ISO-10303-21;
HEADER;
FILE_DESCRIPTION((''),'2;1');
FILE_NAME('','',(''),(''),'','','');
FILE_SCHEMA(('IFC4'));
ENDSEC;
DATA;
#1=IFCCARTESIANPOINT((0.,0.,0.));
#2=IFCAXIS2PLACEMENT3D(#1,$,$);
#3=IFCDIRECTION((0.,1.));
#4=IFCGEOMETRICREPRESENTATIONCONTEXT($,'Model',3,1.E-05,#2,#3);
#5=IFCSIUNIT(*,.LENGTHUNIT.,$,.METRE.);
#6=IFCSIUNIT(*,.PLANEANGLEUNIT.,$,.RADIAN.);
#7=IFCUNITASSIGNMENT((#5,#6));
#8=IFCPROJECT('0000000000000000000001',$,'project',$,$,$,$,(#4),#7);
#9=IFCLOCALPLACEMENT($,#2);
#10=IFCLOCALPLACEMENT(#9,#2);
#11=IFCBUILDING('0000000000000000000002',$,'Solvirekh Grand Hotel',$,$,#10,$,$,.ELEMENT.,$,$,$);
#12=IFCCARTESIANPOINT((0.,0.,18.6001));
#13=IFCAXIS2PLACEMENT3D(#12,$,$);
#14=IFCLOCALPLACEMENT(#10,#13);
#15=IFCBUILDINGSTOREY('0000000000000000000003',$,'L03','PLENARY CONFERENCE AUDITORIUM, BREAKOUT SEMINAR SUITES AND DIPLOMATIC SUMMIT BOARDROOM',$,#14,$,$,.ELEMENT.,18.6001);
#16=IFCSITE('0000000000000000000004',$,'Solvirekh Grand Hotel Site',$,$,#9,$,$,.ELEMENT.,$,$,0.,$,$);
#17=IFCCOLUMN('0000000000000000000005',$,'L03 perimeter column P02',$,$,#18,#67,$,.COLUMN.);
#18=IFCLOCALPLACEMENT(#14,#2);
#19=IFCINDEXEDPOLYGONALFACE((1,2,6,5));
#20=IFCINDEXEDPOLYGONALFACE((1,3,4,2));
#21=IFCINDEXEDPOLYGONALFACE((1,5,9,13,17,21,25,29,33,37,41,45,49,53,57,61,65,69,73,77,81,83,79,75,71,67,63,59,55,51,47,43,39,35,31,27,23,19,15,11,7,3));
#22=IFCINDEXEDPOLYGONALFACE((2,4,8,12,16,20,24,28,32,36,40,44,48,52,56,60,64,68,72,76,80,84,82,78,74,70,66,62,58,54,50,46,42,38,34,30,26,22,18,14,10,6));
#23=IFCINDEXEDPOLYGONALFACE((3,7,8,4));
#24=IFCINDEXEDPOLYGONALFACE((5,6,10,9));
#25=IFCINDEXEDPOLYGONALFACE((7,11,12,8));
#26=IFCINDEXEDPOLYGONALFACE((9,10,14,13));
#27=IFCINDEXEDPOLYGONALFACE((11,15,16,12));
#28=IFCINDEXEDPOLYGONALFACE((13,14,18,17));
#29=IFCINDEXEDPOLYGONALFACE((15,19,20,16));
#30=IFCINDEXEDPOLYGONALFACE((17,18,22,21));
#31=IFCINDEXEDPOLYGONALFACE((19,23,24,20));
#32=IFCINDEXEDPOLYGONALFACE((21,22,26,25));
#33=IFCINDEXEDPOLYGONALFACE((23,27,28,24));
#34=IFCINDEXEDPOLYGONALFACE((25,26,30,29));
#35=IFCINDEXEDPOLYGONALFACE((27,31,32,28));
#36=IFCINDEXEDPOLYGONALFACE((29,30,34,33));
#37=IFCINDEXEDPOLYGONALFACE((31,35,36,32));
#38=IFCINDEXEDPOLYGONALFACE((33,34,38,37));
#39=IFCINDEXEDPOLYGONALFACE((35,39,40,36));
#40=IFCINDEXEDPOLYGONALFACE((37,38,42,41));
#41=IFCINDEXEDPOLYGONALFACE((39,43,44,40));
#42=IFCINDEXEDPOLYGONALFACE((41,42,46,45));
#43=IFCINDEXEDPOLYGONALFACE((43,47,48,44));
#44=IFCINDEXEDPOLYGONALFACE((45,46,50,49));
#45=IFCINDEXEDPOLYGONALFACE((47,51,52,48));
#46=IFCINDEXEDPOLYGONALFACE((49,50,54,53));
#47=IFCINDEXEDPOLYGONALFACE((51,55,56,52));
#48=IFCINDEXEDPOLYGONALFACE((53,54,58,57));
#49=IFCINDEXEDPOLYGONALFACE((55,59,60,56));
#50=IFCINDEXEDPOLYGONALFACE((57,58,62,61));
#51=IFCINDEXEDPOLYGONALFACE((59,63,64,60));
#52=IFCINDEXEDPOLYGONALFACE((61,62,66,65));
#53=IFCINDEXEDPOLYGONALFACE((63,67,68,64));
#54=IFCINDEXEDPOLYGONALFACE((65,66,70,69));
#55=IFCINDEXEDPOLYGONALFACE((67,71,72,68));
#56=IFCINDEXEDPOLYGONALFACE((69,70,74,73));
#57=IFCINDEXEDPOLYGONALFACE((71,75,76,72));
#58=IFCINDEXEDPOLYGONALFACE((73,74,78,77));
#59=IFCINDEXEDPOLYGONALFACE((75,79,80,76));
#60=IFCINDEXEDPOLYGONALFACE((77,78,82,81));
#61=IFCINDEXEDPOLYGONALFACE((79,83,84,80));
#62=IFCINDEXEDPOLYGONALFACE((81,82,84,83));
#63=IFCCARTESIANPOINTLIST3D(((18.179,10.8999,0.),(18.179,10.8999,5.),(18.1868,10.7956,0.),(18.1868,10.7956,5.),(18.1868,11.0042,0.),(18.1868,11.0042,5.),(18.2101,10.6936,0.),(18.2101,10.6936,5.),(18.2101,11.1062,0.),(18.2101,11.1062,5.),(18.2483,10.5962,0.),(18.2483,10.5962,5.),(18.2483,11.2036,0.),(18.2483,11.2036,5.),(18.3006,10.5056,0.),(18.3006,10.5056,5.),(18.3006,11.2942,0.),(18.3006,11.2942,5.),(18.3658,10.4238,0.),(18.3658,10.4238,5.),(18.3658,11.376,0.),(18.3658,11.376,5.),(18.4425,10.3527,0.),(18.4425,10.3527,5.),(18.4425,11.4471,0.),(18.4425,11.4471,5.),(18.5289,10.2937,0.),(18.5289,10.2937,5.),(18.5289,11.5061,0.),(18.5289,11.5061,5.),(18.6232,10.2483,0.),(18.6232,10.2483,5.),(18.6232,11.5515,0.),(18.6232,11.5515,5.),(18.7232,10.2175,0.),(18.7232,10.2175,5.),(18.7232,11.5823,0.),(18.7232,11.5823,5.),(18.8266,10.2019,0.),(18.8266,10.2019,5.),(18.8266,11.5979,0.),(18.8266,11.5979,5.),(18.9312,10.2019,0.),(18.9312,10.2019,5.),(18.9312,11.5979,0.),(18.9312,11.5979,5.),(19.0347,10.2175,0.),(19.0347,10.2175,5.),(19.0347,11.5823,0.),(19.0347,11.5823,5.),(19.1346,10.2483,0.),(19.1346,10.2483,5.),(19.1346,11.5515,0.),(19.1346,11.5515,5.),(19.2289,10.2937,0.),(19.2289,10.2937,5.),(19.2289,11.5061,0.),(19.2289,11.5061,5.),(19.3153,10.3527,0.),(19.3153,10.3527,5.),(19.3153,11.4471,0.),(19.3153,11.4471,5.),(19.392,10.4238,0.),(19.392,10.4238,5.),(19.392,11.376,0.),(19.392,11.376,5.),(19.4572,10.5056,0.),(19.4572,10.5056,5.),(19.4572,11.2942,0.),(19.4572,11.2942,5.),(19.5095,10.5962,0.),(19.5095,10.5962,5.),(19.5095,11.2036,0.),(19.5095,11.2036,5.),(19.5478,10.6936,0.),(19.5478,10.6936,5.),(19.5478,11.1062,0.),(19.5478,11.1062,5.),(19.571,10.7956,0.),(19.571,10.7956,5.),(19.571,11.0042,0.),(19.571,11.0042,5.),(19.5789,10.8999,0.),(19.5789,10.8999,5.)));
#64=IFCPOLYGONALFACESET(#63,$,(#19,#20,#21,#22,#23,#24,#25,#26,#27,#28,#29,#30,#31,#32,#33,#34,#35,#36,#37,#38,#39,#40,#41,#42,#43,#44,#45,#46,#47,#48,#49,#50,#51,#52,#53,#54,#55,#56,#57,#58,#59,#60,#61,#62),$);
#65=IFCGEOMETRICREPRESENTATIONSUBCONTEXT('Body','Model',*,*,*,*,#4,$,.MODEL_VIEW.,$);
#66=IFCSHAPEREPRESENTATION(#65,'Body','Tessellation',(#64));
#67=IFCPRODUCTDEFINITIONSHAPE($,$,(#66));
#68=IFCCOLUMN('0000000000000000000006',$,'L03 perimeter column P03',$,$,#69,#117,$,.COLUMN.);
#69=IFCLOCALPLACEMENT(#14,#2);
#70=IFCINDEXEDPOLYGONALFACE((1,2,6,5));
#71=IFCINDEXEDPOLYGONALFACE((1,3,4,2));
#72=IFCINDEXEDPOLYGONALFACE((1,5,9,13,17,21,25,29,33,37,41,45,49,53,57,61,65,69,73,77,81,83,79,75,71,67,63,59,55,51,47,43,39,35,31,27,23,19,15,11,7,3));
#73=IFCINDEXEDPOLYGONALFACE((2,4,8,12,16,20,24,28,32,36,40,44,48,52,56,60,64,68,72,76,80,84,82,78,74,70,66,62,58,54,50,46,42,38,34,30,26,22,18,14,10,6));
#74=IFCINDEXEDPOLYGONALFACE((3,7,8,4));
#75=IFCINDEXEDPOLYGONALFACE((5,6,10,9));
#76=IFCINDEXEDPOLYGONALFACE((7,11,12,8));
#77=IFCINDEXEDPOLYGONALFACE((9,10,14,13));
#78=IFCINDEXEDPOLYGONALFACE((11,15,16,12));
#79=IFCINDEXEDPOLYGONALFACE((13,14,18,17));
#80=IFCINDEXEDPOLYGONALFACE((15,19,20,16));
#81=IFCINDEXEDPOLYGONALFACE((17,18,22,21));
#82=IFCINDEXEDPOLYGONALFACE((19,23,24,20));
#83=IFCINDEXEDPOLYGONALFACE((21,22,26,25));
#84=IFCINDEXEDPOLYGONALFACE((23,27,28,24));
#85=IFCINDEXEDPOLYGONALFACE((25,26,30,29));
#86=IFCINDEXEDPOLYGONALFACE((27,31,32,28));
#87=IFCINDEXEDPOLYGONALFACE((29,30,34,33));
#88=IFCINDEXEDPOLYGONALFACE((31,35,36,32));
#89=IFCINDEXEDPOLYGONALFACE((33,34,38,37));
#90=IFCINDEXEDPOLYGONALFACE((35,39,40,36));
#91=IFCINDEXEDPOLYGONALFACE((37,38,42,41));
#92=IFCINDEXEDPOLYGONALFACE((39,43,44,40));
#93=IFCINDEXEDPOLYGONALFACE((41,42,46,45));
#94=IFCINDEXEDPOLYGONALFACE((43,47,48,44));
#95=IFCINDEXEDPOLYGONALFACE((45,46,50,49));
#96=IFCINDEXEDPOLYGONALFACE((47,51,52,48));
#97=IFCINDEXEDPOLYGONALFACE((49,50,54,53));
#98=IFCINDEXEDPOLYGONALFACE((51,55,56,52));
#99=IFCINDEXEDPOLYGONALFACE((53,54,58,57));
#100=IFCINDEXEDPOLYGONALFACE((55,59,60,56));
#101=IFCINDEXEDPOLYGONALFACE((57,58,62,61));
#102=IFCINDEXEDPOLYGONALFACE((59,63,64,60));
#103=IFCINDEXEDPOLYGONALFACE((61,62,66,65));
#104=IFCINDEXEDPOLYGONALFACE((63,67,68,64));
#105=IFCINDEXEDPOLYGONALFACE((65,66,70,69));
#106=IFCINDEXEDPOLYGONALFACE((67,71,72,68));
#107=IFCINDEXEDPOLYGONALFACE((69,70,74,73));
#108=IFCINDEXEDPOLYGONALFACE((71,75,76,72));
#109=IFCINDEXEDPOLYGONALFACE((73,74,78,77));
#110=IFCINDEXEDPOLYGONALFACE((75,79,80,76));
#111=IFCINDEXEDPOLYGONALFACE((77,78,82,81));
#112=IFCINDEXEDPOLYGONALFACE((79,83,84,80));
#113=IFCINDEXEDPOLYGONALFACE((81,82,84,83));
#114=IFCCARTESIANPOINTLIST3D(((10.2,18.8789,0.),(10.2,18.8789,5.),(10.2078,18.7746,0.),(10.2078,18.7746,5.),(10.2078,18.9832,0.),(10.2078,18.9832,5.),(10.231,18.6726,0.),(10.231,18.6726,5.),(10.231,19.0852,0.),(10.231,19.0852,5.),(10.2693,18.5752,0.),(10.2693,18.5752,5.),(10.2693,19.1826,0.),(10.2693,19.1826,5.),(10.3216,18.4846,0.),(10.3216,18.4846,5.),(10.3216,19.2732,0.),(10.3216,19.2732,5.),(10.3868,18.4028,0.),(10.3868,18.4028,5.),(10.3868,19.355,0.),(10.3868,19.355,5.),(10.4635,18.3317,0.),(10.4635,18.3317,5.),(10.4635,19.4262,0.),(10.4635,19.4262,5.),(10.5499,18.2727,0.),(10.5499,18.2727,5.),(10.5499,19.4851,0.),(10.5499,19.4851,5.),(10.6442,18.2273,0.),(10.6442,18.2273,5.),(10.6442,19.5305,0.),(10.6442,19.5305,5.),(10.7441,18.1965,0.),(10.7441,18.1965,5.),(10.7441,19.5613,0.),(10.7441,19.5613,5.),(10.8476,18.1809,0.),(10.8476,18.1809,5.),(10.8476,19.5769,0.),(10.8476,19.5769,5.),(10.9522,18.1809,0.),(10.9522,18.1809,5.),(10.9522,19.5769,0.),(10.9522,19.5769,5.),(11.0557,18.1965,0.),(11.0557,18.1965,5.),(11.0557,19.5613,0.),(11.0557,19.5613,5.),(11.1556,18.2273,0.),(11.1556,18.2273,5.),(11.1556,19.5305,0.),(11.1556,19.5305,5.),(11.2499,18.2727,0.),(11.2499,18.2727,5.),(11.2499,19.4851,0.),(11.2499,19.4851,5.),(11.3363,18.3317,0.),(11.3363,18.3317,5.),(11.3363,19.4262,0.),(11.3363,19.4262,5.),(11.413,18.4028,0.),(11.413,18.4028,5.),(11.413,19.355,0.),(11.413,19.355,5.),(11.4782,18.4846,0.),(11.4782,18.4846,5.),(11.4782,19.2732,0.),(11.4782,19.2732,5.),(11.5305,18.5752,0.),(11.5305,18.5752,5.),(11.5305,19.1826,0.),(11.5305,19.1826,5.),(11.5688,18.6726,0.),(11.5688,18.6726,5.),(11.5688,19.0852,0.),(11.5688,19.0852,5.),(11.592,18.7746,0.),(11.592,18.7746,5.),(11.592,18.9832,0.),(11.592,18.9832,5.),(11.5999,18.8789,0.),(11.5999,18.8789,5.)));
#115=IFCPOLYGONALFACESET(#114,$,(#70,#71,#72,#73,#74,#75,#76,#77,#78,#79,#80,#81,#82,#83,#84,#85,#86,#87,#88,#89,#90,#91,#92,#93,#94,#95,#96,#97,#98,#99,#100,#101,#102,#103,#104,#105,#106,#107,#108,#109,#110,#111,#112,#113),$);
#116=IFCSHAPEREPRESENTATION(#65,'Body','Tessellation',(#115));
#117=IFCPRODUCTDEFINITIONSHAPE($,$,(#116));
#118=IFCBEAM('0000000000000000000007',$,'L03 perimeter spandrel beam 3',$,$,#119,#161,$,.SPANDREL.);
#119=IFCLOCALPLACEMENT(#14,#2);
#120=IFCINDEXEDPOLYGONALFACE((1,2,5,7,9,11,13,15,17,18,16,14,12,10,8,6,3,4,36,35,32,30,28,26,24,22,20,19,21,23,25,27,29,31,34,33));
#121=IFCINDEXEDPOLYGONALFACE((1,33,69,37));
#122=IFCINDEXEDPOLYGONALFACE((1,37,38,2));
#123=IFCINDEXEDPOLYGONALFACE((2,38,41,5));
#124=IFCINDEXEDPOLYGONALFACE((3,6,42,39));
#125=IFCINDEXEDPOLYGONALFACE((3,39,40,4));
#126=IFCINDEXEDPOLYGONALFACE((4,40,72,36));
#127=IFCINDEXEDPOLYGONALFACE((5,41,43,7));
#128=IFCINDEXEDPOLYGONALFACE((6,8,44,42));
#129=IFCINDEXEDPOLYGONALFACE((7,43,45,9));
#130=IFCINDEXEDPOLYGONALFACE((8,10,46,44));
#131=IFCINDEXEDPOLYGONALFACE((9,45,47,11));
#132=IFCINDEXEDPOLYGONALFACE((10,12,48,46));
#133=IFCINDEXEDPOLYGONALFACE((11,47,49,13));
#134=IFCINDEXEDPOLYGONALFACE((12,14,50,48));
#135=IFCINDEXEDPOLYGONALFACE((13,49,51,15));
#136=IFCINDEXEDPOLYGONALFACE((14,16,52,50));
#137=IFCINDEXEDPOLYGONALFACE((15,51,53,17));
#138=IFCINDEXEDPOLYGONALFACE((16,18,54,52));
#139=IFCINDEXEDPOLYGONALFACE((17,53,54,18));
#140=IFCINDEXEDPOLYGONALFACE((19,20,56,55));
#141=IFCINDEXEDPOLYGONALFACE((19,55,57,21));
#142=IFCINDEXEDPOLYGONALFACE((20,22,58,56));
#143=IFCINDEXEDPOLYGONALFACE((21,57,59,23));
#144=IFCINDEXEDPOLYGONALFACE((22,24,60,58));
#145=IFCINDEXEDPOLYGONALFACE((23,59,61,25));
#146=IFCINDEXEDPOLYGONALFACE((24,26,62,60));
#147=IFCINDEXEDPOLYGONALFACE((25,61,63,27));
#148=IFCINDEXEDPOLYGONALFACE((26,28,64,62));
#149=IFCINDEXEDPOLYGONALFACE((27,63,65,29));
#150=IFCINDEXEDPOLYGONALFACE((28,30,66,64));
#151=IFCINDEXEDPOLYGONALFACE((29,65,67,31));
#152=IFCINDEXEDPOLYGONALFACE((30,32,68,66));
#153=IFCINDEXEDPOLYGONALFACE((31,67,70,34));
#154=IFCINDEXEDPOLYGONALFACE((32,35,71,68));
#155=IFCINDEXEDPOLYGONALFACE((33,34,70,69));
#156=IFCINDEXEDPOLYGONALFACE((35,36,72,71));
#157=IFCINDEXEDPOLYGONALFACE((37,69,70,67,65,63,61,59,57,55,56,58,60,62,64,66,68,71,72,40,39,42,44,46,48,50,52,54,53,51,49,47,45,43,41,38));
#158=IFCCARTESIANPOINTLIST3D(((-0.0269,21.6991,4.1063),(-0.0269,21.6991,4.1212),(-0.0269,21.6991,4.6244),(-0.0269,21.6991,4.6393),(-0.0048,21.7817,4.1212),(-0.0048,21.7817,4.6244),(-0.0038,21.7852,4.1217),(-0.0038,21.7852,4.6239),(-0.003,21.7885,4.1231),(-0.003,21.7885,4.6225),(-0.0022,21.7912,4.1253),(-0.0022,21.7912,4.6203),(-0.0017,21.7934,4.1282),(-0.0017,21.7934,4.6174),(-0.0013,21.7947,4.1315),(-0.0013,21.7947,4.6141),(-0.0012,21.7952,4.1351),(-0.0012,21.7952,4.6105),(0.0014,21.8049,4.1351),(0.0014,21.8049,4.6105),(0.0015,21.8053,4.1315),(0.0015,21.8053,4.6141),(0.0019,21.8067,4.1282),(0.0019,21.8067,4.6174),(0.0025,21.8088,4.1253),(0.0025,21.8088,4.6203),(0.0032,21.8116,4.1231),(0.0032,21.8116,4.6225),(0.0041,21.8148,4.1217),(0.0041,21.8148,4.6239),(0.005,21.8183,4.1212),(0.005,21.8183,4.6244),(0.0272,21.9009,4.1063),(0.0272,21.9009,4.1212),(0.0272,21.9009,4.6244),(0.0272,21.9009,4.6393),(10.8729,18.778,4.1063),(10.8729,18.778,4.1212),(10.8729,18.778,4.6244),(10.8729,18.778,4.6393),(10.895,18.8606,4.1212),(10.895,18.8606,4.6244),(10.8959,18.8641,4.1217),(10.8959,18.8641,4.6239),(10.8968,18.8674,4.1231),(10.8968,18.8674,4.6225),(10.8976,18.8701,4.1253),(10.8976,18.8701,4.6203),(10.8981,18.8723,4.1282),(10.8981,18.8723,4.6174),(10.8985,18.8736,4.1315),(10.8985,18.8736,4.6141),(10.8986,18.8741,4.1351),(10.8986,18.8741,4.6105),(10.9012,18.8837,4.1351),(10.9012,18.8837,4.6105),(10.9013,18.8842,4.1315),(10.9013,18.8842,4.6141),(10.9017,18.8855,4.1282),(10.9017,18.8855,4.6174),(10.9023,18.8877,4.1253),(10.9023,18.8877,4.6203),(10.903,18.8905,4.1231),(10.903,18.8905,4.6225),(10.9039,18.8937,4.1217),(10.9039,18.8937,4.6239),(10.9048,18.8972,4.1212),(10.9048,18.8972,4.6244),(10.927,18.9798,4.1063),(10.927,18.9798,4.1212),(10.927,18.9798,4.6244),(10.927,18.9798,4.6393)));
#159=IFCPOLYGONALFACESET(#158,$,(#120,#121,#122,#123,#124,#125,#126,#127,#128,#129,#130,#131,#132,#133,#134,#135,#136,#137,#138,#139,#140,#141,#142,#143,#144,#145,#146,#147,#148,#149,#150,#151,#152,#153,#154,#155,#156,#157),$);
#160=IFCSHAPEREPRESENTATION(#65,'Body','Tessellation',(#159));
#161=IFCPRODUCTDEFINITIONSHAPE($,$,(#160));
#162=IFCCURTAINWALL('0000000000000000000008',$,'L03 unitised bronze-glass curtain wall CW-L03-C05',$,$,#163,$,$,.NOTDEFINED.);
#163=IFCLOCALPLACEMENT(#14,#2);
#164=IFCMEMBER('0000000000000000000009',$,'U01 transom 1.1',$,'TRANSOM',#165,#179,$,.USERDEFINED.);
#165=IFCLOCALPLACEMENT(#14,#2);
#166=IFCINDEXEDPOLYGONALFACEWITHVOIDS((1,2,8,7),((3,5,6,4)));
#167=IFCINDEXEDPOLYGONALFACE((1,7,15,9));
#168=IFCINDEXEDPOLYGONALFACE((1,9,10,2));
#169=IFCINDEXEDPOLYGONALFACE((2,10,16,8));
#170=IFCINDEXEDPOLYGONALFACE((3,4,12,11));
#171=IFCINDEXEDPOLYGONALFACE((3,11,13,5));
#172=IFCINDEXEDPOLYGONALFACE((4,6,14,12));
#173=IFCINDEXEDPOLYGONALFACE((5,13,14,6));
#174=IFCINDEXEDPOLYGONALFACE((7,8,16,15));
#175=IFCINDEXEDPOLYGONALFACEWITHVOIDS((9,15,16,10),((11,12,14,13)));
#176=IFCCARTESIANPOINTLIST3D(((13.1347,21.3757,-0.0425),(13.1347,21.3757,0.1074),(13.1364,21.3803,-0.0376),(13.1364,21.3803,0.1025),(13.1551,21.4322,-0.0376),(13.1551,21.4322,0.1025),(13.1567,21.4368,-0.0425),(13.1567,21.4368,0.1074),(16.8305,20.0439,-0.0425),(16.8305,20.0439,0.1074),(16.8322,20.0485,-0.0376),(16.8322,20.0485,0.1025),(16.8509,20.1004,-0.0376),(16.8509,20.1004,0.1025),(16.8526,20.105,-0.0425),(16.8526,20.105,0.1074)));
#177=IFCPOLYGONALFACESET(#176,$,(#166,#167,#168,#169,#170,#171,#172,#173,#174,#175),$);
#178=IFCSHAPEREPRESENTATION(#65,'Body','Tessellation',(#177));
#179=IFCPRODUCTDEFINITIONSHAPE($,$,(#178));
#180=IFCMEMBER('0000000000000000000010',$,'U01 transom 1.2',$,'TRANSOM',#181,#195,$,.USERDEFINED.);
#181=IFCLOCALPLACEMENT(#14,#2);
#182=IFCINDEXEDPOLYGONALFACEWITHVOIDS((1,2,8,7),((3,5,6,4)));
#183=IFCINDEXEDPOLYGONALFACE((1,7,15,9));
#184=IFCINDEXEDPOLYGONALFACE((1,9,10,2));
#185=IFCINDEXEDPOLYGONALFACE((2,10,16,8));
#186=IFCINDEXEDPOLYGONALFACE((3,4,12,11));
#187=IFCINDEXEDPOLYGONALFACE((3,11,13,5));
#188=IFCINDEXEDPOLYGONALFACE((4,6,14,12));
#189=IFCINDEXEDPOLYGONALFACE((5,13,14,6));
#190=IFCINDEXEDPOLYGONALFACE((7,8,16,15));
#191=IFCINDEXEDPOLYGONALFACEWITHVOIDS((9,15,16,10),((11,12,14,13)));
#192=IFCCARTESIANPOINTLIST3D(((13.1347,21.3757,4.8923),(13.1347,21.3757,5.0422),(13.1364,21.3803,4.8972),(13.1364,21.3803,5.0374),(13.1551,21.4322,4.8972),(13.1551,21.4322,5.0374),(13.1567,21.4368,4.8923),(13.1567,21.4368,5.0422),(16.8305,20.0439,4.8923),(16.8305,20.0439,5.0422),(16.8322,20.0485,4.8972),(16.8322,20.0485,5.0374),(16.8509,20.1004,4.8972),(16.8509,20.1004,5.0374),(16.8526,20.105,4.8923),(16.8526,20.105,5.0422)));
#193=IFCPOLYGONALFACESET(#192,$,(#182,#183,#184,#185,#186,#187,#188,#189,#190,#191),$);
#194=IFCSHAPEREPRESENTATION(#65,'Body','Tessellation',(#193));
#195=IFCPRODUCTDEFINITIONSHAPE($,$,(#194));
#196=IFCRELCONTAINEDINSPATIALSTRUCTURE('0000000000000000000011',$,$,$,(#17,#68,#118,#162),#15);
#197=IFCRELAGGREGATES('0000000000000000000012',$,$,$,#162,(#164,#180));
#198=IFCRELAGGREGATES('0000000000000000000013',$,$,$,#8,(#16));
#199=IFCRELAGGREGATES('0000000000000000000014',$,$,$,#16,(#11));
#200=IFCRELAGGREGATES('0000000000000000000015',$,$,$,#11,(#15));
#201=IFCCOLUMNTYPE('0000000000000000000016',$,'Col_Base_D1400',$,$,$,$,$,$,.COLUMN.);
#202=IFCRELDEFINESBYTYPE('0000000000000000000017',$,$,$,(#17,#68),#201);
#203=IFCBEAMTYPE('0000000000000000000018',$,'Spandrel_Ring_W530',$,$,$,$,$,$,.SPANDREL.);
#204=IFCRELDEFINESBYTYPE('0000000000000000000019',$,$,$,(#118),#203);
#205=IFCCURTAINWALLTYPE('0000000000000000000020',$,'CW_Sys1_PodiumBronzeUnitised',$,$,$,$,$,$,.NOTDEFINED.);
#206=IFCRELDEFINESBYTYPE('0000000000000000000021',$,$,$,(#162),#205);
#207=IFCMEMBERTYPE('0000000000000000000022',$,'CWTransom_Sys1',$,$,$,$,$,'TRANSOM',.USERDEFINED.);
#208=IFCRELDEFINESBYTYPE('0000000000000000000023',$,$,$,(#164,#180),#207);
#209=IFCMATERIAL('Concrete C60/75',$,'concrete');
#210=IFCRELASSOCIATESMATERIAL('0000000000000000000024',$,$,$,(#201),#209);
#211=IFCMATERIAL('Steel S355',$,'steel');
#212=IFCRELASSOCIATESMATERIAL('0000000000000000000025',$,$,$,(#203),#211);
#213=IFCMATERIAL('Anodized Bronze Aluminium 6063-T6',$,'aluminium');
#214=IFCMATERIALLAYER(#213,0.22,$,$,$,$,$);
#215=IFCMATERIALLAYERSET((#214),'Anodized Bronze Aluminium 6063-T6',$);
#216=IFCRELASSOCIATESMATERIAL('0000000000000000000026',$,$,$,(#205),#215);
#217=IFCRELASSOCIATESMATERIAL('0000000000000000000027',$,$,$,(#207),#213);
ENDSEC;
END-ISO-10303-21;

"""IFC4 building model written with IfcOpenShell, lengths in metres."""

from ifc_helpers import new_model, si_unit, direction, frame, origin, origin_2d, place, context, subcontext, project, spatial, hollow_rectangle, circle, i_section, extrude, source, transform, mapped, material, layer, layer_set, material_profile, profile_set, type_object, element, aggregate, save


model = new_model("IFC4")

# Units and contexts
model_context = context("Model", 3, precision=1e-05, world=origin(), true_north=direction((0.0, 1.0)))
body_context = subcontext(model_context, "Body", "Model", "MODEL_VIEW")
ifc_project = project(units=[si_unit("LENGTHUNIT", "METRE"), si_unit("PLANEANGLEUNIT", "RADIAN")], contexts=[model_context])

# Site, building, storey
site_placement = place(None, origin())
site = spatial("IfcSite", under=ifc_project, at=site_placement, Name="Solvirekh Grand Hotel Site", CompositionType="ELEMENT", RefElevation=0.0)
building_placement = place(site_placement, origin())
building = spatial("IfcBuilding", under=site, at=building_placement, Name="Solvirekh Grand Hotel", CompositionType="ELEMENT")
storey_placement = place(building_placement, frame((0.0, 0.0, 18.6001)))
storey = spatial("IfcBuildingStorey", under=building, at=storey_placement, Name="L03", Description="PLENARY CONFERENCE AUDITORIUM, BREAKOUT SEMINAR SUITES AND DIPLOMATIC SUMMIT BOARDROOM", CompositionType="ELEMENT", Elevation=18.6001)

# Columns
ifc_material_1 = material(Name="Concrete C60/75", Category="concrete")
ifc_material_profile_1 = material_profile(ifc_material_1, circle(Radius=0.7, at=origin_2d()), Name="RC CIRC D1400")
ifc_profile_set_1 = profile_set([ifc_material_profile_1], Name="Concrete C60/75")
column_type = type_object("IfcColumnType", Name="Col_Base_D1400", PredefinedType="COLUMN", material=ifc_profile_set_1)
for number, where, z_axis, x_axis, name in (
    (1, (18.8789, 10.8999, 0.0), (0.0, 0.0, 1.0), (1.0, 0.0, 0.0), "L03 perimeter column P02"),
    (2, (10.8999, 18.8789, 0.0), (0.0, 0.0, 1.0), (1.0, 0.0, 0.0), "L03 perimeter column P03"),
):
    element("IfcColumn", number, at=place(storey_placement, frame(where, z_axis=z_axis, x_axis=x_axis)), inside=storey, type_object=column_type, Name=name, PredefinedType="COLUMN", context=body_context, shape_type="SweptSolid", body=[
        extrude(circle(Radius=0.7, at=origin_2d()), origin(), (0.0, 0.0, 1.0), 5.0),
    ])

# Beam
ifc_material_2 = material(Name="Steel S355", Category="steel")
ifc_material_profile_2 = material_profile(ifc_material_2, i_section(OverallWidth=0.209, OverallDepth=0.533, WebThickness=0.01, FlangeThickness=0.0149, FilletRadius=0.0139, at=origin_2d()), Name="W530X92")
ifc_profile_set_2 = profile_set([ifc_material_profile_2], Name="Steel S355")
beam_type = type_object("IfcBeamType", Name="Spandrel_Ring_W530", PredefinedType="SPANDREL", material=ifc_profile_set_2)
beam_placement = place(storey_placement, frame((10.8999, 18.8789, 4.3728), z_axis=(-0.965914, 0.258862, 0.0), x_axis=(-0.258862, -0.965914, 0.0)))
element("IfcBeam", 3, at=beam_placement, inside=storey, type_object=beam_type, Name="L03 perimeter spandrel beam 3", PredefinedType="SPANDREL", context=body_context, shape_type="SweptSolid", body=[
    extrude(i_section(OverallWidth=0.209, OverallDepth=0.533, WebThickness=0.01, FlangeThickness=0.0149, FilletRadius=0.0139, at=origin_2d()), origin(), (0.0, 0.0, 1.0), 11.2844),
])

# Curtain wall, members
ifc_material_3 = material(Name="Anodized Bronze Aluminium 6063-T6", Category="aluminium")
ifc_layer_1 = layer(ifc_material_3, 0.22)
ifc_layer_set_1 = layer_set([ifc_layer_1], Name="Anodized Bronze Aluminium 6063-T6")
curtain_wall_type = type_object("IfcCurtainWallType", Name="CW_Sys1_PodiumBronzeUnitised", PredefinedType="NOTDEFINED", material=ifc_layer_set_1)
curtain_wall_1_placement = place(storey_placement, origin())
curtain_wall_1 = element("IfcCurtainWall", 4, at=curtain_wall_1_placement, inside=storey, type_object=curtain_wall_type, Name="L03 unitised bronze-glass curtain wall CW-L03-C05", PredefinedType="NOTDEFINED")
ifc_material_profile_3 = material_profile(ifc_material_3, hollow_rectangle(XDim=0.0649, YDim=0.1499, WallThickness=0.0049, at=origin_2d()), Name="ALU RHS 150X65X5")
ifc_profile_set_3 = profile_set([ifc_material_profile_3], Name="Anodized Bronze Aluminium 6063-T6")
member_type_1 = type_object("IfcMemberType", Name="CWTransom_Sys1", ElementType="TRANSOM", PredefinedType="USERDEFINED", material=ifc_profile_set_3)
shared_shape_1 = source(origin(), body_context, "Body", "SweptSolid", [
    extrude(hollow_rectangle(XDim=0.0649, YDim=0.1499, WallThickness=0.0049, at=origin_2d()), origin(), (0.0, 0.0, 1.0), 3.9285),
])
member_1_placement = place(storey_placement, frame((16.8416, 20.0745, 0.0325), z_axis=(-0.940782, 0.339012, 0.0), x_axis=(-0.339012, -0.940782, 0.0)))
member_1 = element("IfcMember", 5, at=member_1_placement, type_object=member_type_1, Name="U01 transom 1.1", ObjectType="TRANSOM", PredefinedType="USERDEFINED", context=body_context, shape_type="MappedRepresentation", body=[
    mapped(shared_shape_1, transform((0.0, 0.0, 0.0), x_axis=(1.0, 0.0, 0.0), y_axis=(0.0, 1.0, 0.0), z_axis=(0.0, 0.0, 1.0), scale=1.0)),
])
member_2_placement = place(storey_placement, frame((16.8416, 20.0745, 4.9673), z_axis=(-0.940782, 0.339012, 0.0), x_axis=(-0.339012, -0.940782, 0.0)))
member_2 = element("IfcMember", 6, at=member_2_placement, type_object=member_type_1, Name="U01 transom 1.2", ObjectType="TRANSOM", PredefinedType="USERDEFINED", context=body_context, shape_type="MappedRepresentation", body=[
    mapped(shared_shape_1, transform((0.0, 0.0, 0.0), x_axis=(1.0, 0.0, 0.0), y_axis=(0.0, 1.0, 0.0), z_axis=(0.0, 0.0, 1.0), scale=1.0)),
])

aggregate(curtain_wall_1, [member_1, member_2])

save(model, "model.ifc")
